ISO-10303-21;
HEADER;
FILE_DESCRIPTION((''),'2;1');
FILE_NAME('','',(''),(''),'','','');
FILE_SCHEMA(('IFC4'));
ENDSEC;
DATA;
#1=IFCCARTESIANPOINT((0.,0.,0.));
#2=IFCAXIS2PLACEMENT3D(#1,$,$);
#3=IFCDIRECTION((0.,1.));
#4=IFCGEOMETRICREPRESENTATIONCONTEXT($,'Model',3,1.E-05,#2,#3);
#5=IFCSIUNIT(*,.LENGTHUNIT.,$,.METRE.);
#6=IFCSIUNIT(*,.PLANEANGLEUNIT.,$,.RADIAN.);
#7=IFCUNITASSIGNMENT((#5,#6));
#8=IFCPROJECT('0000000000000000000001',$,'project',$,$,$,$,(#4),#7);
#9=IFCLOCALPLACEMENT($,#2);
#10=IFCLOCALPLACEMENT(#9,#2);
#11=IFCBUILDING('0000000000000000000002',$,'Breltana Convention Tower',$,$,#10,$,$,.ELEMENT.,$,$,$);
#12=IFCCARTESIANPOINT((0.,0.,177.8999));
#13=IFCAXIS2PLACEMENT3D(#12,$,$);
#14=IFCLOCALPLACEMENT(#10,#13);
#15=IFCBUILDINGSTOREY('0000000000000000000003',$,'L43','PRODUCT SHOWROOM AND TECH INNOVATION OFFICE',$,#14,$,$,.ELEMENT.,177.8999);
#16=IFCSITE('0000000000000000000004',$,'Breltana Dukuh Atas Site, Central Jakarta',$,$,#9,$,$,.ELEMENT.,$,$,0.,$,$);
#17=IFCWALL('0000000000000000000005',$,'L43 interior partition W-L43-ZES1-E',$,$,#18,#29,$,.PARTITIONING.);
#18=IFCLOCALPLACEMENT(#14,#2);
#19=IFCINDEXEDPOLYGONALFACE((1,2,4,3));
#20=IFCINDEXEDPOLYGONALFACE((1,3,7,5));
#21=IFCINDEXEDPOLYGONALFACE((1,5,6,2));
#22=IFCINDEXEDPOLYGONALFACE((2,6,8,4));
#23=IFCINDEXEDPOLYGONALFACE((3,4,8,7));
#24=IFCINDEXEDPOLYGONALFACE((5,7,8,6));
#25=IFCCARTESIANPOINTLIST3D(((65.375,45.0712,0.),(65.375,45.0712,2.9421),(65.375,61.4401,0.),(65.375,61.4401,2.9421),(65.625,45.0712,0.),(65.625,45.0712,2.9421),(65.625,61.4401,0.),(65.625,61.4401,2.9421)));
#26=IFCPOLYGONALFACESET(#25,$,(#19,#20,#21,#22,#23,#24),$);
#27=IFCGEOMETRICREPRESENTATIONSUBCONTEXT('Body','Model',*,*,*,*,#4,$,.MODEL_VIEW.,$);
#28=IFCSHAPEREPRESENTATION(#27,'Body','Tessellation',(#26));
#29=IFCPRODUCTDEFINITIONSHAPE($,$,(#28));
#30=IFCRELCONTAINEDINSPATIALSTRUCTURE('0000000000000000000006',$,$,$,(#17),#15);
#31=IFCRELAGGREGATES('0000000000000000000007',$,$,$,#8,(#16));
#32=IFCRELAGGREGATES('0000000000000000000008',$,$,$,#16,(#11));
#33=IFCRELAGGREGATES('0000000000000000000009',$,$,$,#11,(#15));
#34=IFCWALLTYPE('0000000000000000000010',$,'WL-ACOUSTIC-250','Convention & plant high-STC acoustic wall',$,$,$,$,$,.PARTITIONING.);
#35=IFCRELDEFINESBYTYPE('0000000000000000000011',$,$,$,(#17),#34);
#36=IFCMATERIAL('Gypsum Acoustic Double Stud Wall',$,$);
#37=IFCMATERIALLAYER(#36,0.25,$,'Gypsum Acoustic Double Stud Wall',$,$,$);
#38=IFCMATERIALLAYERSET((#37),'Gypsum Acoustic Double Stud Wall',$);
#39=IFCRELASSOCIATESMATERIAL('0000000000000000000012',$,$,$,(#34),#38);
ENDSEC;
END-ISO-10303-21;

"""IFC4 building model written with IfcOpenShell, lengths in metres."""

from ifc_helpers import new_model, si_unit, direction, frame, frame_2d, origin, place, context, subcontext, project, spatial, rectangle, extrude, source, transform, mapped, material, layer, layer_set, type_object, element, save


model = new_model("IFC4")

# Units and contexts
model_context = context("Model", 3, precision=1e-05, world=origin(), true_north=direction((0.0, 1.0)))
body_context = subcontext(model_context, "Body", "Model", "MODEL_VIEW")
ifc_project = project(units=[si_unit("LENGTHUNIT", "METRE"), si_unit("PLANEANGLEUNIT", "RADIAN")], contexts=[model_context])

# Site, building, storey
site_placement = place(None, origin())
site = spatial("IfcSite", under=ifc_project, at=site_placement, Name="Breltana Dukuh Atas Site, Central Jakarta", CompositionType="ELEMENT", RefElevation=0.0)
building_placement = place(site_placement, origin())
building = spatial("IfcBuilding", under=site, at=building_placement, Name="Breltana Convention Tower", CompositionType="ELEMENT")
storey_placement = place(building_placement, frame((0.0, 0.0, 177.8999)))
storey = spatial("IfcBuildingStorey", under=building, at=storey_placement, Name="L43", Description="PRODUCT SHOWROOM AND TECH INNOVATION OFFICE", CompositionType="ELEMENT", Elevation=177.8999)

# Wall
ifc_material_1 = material(Name="Gypsum Acoustic Double Stud Wall")
ifc_layer_1 = layer(ifc_material_1, 0.25, Name="Gypsum Acoustic Double Stud Wall")
ifc_layer_set_1 = layer_set([ifc_layer_1], Name="Gypsum Acoustic Double Stud Wall")
wall_type_1 = type_object("IfcWallType", Name="WL-ACOUSTIC-250", Description="Convention & plant high-STC acoustic wall", PredefinedType="PARTITIONING", material=ifc_layer_set_1)
shared_shape_1 = source(origin(), body_context, "Body", "SweptSolid", [
    extrude(rectangle(XDim=16.3689, YDim=0.25, at=frame_2d((8.1846, 0.0))), origin(), (0.0, 0.0, 1.0), 2.9421),
])
wall_1_placement = place(storey_placement, frame((65.5, 45.071, 0.0), z_axis=(0.0, 0.0, 1.0), x_axis=(0.0, 1.0, 0.0)))
element("IfcWall", 1, at=wall_1_placement, inside=storey, type_object=wall_type_1, Name="L43 interior partition W-L43-ZES1-E", PredefinedType="PARTITIONING", context=body_context, shape_type="MappedRepresentation", body=[
    mapped(shared_shape_1, transform((0.0, 0.0, 0.0), scale=1.0)),
])

save(model, "model.ifc")
